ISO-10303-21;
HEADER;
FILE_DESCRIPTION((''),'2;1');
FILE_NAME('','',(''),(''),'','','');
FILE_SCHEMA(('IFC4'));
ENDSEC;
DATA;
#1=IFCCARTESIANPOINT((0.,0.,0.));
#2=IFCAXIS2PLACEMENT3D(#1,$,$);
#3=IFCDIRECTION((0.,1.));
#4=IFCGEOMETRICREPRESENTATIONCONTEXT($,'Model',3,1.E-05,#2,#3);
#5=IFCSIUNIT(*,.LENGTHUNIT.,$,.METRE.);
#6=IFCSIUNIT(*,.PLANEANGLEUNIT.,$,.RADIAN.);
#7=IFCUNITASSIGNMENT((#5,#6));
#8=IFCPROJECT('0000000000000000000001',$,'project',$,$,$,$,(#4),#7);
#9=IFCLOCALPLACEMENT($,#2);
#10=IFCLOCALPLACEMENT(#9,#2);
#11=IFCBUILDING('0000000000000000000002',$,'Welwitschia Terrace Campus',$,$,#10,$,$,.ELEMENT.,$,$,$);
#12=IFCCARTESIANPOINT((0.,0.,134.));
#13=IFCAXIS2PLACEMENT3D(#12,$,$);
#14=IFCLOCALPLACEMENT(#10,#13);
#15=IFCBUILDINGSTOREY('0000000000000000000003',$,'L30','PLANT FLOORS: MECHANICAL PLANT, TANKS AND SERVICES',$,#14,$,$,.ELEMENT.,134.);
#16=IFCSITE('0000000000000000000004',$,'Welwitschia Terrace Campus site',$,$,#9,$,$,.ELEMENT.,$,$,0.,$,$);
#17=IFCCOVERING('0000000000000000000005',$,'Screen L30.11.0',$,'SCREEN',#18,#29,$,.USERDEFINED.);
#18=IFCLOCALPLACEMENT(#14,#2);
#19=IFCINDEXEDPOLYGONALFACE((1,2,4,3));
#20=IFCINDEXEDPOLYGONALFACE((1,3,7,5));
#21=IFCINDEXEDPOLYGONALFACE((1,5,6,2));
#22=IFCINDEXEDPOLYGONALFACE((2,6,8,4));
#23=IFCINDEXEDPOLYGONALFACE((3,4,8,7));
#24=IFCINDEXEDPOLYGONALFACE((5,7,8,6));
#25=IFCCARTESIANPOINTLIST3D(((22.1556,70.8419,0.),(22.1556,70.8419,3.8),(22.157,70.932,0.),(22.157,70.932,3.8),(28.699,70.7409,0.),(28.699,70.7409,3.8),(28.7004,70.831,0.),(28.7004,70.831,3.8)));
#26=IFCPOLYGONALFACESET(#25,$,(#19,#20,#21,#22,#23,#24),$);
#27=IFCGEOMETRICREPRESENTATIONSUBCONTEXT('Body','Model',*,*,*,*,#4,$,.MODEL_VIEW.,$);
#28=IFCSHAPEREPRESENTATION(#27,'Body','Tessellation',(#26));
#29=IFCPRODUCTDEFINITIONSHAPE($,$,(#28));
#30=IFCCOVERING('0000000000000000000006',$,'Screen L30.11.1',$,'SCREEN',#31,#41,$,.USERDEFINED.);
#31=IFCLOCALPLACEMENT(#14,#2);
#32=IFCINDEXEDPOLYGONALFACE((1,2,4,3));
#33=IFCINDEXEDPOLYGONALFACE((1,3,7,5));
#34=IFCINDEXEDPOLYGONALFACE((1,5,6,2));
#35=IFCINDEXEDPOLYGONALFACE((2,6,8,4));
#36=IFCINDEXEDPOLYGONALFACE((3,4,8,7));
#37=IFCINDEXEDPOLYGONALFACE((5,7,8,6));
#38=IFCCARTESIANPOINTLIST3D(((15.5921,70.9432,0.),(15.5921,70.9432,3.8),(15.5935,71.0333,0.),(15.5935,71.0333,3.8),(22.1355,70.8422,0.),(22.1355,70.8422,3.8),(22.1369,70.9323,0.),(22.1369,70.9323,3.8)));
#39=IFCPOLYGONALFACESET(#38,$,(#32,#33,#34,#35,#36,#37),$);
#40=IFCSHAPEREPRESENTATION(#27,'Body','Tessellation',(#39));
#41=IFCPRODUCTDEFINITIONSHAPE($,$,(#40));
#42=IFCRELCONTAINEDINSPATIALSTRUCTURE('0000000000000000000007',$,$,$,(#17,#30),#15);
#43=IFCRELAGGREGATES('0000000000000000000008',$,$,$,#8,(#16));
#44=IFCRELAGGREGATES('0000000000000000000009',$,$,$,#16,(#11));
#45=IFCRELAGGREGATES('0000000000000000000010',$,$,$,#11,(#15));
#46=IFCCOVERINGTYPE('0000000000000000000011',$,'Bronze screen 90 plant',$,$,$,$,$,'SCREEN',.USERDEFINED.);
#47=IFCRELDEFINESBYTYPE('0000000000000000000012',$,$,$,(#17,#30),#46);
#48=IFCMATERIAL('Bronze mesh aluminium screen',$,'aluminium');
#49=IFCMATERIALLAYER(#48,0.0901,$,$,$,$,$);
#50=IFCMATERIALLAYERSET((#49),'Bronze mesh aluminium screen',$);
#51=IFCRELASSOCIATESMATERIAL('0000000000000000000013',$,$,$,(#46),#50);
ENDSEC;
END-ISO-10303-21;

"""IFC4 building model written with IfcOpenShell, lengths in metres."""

from ifc_helpers import new_model, si_unit, direction, frame, origin, origin_2d, place, context, subcontext, project, spatial, rectangle, extrude, material, layer, layer_set, type_object, element, save


model = new_model("IFC4")

# Units and contexts
model_context = context("Model", 3, precision=1e-05, world=origin(), true_north=direction((0.0, 1.0)))
body_context = subcontext(model_context, "Body", "Model", "MODEL_VIEW")
ifc_project = project(units=[si_unit("LENGTHUNIT", "METRE"), si_unit("PLANEANGLEUNIT", "RADIAN")], contexts=[model_context])

# Site, building, storey
site_placement = place(None, origin())
site = spatial("IfcSite", under=ifc_project, at=site_placement, Name="Welwitschia Terrace Campus site", CompositionType="ELEMENT", RefElevation=0.0)
building_placement = place(site_placement, origin())
building = spatial("IfcBuilding", under=site, at=building_placement, Name="Welwitschia Terrace Campus", CompositionType="ELEMENT")
storey_placement = place(building_placement, frame((0.0, 0.0, 134.0)))
storey = spatial("IfcBuildingStorey", under=building, at=storey_placement, Name="L30", Description="PLANT FLOORS: MECHANICAL PLANT, TANKS AND SERVICES", CompositionType="ELEMENT", Elevation=134.0)

# Coverings
ifc_material_1 = material(Name="Bronze mesh aluminium screen", Category="aluminium")
ifc_layer_1 = layer(ifc_material_1, 0.0901)
ifc_layer_set_1 = layer_set([ifc_layer_1], Name="Bronze mesh aluminium screen")
covering_type = type_object("IfcCoveringType", Name="Bronze screen 90 plant", ElementType="SCREEN", PredefinedType="USERDEFINED", material=ifc_layer_set_1)
for number, where, z_axis, x_axis, name in (
    (1, (25.428, 70.8364, 0.0), (0.0, 0.0, 1.0), (-0.999881, 0.015433, 0.0), "Screen L30.11.0"),
    (2, (18.8645, 70.9377, 0.0), (0.0, 0.0, 1.0), (-0.999881, 0.015433, 0.0), "Screen L30.11.1"),
):
    element("IfcCovering", number, at=place(storey_placement, frame(where, z_axis=z_axis, x_axis=x_axis)), inside=storey, type_object=covering_type, Name=name, ObjectType="SCREEN", PredefinedType="USERDEFINED", context=body_context, shape_type="SweptSolid", body=[
        extrude(rectangle(XDim=6.5442, YDim=0.0901, at=origin_2d()), origin(), (0.0, 0.0, 1.0), 3.8),
    ])

save(model, "model.ifc")
